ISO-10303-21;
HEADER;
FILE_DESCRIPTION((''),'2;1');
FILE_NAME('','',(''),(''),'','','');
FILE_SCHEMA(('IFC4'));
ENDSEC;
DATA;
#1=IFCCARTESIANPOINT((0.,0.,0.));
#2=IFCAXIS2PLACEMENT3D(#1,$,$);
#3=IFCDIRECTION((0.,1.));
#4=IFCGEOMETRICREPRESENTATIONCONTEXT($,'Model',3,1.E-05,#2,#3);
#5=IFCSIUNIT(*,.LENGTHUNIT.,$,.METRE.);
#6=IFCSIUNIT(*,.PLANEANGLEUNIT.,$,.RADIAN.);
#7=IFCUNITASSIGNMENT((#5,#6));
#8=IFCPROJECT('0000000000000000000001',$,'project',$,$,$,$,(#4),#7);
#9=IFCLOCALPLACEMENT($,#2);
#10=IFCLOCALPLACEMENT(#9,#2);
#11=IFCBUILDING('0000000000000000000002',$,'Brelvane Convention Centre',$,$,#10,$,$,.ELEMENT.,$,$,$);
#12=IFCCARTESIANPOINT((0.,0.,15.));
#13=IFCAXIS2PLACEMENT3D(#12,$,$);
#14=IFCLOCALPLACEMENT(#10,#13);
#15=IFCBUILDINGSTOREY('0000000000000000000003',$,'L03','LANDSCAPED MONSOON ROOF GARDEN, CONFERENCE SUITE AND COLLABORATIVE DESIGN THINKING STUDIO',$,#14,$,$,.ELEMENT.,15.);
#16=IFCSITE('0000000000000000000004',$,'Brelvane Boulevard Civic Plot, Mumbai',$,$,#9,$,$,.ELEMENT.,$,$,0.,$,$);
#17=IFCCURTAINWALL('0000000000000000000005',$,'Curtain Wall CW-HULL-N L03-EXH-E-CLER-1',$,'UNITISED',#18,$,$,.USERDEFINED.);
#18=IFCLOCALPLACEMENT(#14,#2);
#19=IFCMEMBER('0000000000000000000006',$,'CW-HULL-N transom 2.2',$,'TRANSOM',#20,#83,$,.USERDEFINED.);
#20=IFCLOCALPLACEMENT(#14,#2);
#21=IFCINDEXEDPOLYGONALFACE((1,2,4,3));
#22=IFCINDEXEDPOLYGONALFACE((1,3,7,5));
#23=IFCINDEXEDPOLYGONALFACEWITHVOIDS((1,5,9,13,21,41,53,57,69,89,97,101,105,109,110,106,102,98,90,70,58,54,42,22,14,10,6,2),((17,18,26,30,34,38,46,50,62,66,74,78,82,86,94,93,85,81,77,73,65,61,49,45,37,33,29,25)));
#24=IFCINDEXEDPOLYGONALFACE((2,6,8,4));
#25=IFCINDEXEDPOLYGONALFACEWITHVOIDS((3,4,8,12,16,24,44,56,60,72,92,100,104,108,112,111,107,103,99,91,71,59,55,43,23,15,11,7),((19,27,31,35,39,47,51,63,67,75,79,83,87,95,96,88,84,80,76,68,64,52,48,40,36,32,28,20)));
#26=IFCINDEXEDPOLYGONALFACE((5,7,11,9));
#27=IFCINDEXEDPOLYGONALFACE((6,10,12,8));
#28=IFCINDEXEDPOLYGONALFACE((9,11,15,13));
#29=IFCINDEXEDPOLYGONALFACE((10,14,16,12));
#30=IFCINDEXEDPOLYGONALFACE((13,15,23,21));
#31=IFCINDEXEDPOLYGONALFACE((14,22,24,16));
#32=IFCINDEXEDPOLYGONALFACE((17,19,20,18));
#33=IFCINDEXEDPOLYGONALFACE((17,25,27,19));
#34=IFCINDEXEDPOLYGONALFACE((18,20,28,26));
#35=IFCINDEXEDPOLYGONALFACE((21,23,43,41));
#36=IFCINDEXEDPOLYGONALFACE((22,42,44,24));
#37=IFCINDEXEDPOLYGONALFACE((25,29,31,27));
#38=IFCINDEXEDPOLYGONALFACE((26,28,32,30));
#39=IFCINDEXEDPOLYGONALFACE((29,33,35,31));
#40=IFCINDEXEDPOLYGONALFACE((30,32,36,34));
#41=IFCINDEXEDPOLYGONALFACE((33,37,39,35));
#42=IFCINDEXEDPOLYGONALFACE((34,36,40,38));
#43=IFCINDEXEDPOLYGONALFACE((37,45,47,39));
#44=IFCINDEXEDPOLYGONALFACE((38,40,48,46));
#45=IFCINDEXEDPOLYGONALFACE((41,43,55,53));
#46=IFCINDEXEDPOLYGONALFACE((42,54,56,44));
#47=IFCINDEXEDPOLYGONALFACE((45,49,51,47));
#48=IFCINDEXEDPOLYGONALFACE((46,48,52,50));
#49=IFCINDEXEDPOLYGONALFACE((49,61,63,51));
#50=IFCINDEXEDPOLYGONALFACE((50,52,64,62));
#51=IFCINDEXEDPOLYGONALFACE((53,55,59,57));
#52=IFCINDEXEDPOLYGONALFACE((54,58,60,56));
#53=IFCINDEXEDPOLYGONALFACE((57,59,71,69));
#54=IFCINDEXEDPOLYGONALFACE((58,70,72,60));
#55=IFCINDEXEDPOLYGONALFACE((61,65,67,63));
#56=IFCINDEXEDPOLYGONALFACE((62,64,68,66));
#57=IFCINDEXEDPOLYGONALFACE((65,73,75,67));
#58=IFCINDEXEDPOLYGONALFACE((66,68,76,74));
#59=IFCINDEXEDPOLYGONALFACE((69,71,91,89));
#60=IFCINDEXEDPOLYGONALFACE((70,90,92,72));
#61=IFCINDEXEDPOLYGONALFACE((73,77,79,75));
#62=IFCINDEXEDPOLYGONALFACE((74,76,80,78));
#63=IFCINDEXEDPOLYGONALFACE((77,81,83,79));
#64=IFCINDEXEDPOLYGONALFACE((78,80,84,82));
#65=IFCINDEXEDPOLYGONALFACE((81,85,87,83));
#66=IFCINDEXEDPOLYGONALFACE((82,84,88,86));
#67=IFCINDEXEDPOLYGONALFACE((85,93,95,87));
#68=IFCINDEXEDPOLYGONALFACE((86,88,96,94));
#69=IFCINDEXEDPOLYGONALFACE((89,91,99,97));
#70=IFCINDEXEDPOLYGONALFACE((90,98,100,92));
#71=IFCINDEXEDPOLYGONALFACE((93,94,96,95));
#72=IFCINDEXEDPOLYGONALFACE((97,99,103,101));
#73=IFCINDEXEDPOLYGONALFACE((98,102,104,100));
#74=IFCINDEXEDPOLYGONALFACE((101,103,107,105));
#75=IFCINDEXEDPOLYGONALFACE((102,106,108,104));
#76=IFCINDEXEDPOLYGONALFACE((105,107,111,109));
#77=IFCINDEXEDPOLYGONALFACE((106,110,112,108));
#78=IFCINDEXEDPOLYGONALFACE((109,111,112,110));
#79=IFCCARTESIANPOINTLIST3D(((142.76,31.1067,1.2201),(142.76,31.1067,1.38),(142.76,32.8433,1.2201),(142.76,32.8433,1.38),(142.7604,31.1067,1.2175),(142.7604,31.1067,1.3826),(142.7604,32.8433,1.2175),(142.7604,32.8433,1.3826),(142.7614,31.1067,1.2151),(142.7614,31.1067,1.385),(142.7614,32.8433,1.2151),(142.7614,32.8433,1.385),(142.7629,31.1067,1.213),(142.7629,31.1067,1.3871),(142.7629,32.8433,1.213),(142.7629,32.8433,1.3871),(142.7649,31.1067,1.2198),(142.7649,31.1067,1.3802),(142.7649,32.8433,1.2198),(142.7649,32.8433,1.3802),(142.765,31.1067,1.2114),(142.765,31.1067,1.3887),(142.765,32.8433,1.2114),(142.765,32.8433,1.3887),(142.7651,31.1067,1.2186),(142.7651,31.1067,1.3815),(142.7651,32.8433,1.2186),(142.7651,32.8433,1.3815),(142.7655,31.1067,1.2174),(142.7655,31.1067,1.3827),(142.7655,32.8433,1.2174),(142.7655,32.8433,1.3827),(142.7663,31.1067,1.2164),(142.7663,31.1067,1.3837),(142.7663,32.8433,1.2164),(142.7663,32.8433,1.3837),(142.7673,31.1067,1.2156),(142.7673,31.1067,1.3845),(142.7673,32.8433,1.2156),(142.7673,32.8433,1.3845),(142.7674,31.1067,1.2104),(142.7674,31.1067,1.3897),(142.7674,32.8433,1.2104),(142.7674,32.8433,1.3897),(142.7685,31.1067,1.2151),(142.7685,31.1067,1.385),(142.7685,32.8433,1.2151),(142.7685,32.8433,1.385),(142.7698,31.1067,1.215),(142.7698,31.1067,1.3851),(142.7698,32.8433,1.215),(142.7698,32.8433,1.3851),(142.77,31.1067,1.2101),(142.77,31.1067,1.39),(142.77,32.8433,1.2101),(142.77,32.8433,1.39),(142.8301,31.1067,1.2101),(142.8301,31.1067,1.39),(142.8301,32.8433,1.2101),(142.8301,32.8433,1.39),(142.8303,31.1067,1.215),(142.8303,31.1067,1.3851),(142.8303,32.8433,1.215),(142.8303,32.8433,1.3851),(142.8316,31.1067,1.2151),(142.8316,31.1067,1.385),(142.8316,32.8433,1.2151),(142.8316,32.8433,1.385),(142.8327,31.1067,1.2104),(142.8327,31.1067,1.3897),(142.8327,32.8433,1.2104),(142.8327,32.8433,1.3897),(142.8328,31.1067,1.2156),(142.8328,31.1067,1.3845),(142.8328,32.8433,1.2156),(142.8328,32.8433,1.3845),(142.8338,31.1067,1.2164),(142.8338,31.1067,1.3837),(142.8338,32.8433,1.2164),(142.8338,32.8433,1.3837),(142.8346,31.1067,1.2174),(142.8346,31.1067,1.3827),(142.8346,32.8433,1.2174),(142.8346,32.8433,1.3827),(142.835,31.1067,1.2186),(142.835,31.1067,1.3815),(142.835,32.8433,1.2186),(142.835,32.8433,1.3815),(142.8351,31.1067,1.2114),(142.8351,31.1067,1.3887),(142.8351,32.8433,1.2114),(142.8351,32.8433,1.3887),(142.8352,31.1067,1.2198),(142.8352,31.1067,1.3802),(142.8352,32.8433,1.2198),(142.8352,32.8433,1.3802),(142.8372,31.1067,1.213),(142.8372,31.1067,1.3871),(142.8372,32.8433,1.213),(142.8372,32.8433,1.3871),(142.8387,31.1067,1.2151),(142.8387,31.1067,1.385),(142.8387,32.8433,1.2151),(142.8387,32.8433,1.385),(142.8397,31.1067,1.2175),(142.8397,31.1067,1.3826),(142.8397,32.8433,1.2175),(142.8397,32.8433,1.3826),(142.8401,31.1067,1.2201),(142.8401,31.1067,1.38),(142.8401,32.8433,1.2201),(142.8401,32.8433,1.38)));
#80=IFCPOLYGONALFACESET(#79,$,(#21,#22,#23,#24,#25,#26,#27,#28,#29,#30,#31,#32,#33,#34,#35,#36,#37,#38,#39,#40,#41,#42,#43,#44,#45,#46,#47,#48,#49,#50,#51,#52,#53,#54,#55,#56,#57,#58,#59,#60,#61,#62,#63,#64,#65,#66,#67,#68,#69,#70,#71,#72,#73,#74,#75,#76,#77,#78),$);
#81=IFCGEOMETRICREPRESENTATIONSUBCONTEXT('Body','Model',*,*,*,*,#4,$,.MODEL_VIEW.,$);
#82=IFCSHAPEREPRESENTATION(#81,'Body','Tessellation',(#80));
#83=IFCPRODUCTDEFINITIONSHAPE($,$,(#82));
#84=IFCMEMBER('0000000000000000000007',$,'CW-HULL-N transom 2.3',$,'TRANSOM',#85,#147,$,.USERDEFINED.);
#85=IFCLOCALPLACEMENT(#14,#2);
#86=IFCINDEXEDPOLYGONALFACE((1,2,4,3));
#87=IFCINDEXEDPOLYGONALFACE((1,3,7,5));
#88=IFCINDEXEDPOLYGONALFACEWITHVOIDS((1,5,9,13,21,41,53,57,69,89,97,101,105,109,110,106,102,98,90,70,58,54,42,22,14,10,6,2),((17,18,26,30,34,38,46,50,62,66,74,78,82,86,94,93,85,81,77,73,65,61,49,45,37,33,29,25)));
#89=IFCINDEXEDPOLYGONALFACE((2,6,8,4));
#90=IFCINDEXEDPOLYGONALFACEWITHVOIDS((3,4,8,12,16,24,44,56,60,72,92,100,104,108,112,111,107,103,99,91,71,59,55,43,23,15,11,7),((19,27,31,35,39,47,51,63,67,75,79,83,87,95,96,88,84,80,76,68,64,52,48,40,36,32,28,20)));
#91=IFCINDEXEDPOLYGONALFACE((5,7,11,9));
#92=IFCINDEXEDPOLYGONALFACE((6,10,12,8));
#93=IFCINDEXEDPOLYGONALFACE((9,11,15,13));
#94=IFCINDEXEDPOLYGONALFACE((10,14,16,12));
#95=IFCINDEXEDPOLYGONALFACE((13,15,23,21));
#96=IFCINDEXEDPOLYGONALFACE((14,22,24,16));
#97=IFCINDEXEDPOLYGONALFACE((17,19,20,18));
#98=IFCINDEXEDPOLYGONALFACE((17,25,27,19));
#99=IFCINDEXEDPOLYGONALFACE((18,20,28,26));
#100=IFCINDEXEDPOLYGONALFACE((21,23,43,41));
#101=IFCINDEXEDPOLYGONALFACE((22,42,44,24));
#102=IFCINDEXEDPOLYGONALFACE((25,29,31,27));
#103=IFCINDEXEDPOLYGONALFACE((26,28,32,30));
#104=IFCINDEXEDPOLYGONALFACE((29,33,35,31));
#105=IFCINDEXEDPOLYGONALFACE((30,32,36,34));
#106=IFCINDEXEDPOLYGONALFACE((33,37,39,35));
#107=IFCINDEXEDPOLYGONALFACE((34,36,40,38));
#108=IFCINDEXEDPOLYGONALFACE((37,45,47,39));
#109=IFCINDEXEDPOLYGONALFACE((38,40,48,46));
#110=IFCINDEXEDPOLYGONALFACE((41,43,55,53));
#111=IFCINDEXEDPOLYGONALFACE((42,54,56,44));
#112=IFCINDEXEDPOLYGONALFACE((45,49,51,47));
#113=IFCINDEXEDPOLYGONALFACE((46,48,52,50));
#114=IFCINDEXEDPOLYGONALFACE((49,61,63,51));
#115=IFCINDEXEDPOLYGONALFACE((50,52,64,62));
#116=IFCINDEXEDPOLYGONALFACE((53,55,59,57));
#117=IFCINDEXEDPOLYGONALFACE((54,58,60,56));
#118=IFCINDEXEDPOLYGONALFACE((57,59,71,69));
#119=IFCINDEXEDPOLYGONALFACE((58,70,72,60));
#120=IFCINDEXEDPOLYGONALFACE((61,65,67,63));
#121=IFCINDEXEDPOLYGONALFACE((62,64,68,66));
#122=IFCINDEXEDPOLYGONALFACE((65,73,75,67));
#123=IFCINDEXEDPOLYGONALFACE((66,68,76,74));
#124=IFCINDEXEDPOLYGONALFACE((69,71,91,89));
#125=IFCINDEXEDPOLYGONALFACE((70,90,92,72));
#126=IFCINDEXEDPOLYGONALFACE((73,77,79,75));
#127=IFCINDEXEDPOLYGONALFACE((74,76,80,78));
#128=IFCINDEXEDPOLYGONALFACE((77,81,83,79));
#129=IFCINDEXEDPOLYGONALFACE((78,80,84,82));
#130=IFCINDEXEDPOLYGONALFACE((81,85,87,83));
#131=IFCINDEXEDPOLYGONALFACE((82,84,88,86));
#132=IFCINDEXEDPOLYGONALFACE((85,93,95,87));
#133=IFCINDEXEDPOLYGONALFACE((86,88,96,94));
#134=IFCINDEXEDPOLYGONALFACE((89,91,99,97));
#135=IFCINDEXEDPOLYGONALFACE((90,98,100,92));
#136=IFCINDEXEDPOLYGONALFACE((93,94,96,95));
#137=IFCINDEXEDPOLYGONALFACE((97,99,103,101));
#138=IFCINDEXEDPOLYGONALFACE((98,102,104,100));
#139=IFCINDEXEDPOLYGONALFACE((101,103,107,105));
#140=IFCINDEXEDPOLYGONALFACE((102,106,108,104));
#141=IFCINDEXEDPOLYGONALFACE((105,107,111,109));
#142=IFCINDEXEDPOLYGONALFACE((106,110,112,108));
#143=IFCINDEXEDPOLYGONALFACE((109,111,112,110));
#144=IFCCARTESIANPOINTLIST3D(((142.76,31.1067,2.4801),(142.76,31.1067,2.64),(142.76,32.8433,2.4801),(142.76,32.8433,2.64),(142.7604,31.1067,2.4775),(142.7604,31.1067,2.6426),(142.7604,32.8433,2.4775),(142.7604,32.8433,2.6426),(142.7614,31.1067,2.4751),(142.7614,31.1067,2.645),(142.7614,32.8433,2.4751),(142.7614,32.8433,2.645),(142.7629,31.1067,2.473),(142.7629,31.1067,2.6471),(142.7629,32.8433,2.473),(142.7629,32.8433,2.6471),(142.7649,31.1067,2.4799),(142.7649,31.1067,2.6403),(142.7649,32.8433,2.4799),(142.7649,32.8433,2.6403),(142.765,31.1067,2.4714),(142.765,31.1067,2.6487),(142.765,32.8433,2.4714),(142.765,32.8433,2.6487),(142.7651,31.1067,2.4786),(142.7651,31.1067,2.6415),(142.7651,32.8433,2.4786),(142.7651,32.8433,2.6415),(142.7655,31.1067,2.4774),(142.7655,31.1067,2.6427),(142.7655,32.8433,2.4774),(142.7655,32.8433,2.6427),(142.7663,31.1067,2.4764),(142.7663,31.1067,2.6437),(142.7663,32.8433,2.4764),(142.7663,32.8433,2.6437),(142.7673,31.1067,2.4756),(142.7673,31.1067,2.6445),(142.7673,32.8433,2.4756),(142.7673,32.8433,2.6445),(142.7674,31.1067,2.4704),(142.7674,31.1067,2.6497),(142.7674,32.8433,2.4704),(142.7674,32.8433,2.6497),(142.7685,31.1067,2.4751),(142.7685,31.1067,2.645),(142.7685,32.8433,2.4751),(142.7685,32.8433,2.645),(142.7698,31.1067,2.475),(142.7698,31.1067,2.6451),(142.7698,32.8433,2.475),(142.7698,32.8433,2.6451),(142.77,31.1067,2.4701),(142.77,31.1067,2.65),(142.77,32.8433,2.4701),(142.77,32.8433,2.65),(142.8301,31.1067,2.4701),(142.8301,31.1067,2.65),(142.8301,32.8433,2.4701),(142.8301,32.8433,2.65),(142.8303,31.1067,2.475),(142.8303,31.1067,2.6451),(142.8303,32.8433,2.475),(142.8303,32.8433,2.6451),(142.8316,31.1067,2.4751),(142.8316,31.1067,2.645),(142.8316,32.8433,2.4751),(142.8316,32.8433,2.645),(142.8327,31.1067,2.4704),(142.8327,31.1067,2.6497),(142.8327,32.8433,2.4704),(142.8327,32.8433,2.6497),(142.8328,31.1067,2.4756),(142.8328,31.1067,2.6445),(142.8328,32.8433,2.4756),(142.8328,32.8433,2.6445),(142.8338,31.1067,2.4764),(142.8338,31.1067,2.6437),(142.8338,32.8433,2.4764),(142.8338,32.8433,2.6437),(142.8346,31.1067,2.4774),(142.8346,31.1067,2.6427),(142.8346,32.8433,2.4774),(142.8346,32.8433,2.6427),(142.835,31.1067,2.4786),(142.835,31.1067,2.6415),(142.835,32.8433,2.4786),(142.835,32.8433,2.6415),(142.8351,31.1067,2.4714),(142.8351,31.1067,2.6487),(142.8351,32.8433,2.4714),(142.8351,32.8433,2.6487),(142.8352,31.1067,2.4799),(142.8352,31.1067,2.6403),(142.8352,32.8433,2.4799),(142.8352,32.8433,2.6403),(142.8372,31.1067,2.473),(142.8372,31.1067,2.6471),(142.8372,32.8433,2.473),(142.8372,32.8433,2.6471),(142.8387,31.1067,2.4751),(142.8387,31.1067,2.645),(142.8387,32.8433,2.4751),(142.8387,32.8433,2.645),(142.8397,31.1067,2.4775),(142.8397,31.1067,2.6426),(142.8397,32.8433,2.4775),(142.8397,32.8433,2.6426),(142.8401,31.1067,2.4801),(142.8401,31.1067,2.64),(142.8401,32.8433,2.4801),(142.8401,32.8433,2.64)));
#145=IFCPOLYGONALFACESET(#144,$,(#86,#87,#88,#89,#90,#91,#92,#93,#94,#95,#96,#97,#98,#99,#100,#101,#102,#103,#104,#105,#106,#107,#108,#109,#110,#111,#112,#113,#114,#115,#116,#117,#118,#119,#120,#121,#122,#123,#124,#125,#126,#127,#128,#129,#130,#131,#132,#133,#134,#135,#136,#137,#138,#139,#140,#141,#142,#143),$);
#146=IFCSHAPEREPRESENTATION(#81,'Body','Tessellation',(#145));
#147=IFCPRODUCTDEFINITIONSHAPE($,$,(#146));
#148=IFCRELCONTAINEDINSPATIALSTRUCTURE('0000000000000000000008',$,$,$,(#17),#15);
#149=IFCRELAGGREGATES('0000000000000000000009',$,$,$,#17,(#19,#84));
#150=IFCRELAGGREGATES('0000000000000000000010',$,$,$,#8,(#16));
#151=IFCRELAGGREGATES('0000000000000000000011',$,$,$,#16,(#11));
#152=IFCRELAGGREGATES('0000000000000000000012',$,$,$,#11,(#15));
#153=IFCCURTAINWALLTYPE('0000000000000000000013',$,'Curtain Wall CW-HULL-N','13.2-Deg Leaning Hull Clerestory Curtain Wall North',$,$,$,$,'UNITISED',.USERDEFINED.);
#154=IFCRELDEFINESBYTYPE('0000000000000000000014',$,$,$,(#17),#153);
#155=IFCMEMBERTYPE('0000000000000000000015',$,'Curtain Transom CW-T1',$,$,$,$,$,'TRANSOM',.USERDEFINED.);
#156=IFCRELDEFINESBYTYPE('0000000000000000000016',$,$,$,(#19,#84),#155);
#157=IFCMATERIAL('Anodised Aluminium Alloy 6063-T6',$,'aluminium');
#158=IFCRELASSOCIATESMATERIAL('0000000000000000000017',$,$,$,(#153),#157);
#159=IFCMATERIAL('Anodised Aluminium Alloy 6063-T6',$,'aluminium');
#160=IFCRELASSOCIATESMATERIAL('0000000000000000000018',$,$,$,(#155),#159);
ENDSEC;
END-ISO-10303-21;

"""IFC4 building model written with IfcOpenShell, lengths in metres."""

from ifc_helpers import new_model, si_unit, direction, frame, origin, origin_2d, place, context, subcontext, project, spatial, hollow_rectangle, extrude, material, material_profile, profile_set, type_object, element, aggregate, save


model = new_model("IFC4")

# Units and contexts
model_context = context("Model", 3, precision=1e-05, world=origin(), true_north=direction((0.0, 1.0)))
body_context = subcontext(model_context, "Body", "Model", "MODEL_VIEW")
ifc_project = project(units=[si_unit("LENGTHUNIT", "METRE"), si_unit("PLANEANGLEUNIT", "RADIAN")], contexts=[model_context])

# Site, building, storey
site_placement = place(None, origin())
site = spatial("IfcSite", under=ifc_project, at=site_placement, Name="Brelvane Boulevard Civic Plot, Mumbai", CompositionType="ELEMENT", RefElevation=0.0)
building_placement = place(site_placement, origin())
building = spatial("IfcBuilding", under=site, at=building_placement, Name="Brelvane Convention Centre", CompositionType="ELEMENT")
storey_placement = place(building_placement, frame((0.0, 0.0, 15.0)))
storey = spatial("IfcBuildingStorey", under=building, at=storey_placement, Name="L03", Description="LANDSCAPED MONSOON ROOF GARDEN, CONFERENCE SUITE AND COLLABORATIVE DESIGN THINKING STUDIO", CompositionType="ELEMENT", Elevation=15.0)

# Curtain wall, members
ifc_material_1 = material(Name="Anodised Aluminium Alloy 6063-T6", Category="aluminium")
curtain_wall_type = type_object("IfcCurtainWallType", Name="Curtain Wall CW-HULL-N", Description="13.2-Deg Leaning Hull Clerestory Curtain Wall North", ElementType="UNITISED", PredefinedType="USERDEFINED", material=ifc_material_1)
curtain_wall_placement = place(storey_placement, origin())
curtain_wall = element("IfcCurtainWall", 1, at=curtain_wall_placement, inside=storey, type_object=curtain_wall_type, Name="Curtain Wall CW-HULL-N L03-EXH-E-CLER-1", ObjectType="UNITISED", PredefinedType="USERDEFINED")
ifc_material_2 = material(Name="Anodised Aluminium Alloy 6063-T6", Category="aluminium")
ifc_material_profile_1 = material_profile(ifc_material_2, hollow_rectangle(XDim=0.0801, YDim=0.1799, WallThickness=0.0049, InnerFilletRadius=0.0049, OuterFilletRadius=0.01, at=origin_2d()), Name="ALU-T 180x80x5.0")
ifc_profile_set_1 = profile_set([ifc_material_profile_1], Name="Anodised Aluminium Alloy 6063-T6")
member_type_1 = type_object("IfcMemberType", Name="Curtain Transom CW-T1", ElementType="TRANSOM", PredefinedType="USERDEFINED", material=ifc_profile_set_1)
member_1_placement = place(storey_placement, frame((142.8, 31.1067, 1.3), z_axis=(0.0, 1.0, 0.0), x_axis=(-1.0, 0.0, 0.0)))
member_1 = element("IfcMember", 2, at=member_1_placement, type_object=member_type_1, Name="CW-HULL-N transom 2.2", ObjectType="TRANSOM", PredefinedType="USERDEFINED", context=body_context, shape_type="SweptSolid", body=[
    extrude(hollow_rectangle(XDim=0.0801, YDim=0.1799, WallThickness=0.0049, InnerFilletRadius=0.0049, OuterFilletRadius=0.01, at=origin_2d()), origin(), (0.0, 0.0, 1.0), 1.7366),
])
member_2_placement = place(storey_placement, frame((142.8, 31.1067, 2.5601), z_axis=(0.0, 1.0, 0.0), x_axis=(-1.0, 0.0, 0.0)))
member_2 = element("IfcMember", 3, at=member_2_placement, type_object=member_type_1, Name="CW-HULL-N transom 2.3", ObjectType="TRANSOM", PredefinedType="USERDEFINED", context=body_context, shape_type="SweptSolid", body=[
    extrude(hollow_rectangle(XDim=0.0801, YDim=0.1799, WallThickness=0.0049, InnerFilletRadius=0.0049, OuterFilletRadius=0.01, at=origin_2d()), origin(), (0.0, 0.0, 1.0), 1.7366),
])

aggregate(curtain_wall, [member_1, member_2])

save(model, "model.ifc")
